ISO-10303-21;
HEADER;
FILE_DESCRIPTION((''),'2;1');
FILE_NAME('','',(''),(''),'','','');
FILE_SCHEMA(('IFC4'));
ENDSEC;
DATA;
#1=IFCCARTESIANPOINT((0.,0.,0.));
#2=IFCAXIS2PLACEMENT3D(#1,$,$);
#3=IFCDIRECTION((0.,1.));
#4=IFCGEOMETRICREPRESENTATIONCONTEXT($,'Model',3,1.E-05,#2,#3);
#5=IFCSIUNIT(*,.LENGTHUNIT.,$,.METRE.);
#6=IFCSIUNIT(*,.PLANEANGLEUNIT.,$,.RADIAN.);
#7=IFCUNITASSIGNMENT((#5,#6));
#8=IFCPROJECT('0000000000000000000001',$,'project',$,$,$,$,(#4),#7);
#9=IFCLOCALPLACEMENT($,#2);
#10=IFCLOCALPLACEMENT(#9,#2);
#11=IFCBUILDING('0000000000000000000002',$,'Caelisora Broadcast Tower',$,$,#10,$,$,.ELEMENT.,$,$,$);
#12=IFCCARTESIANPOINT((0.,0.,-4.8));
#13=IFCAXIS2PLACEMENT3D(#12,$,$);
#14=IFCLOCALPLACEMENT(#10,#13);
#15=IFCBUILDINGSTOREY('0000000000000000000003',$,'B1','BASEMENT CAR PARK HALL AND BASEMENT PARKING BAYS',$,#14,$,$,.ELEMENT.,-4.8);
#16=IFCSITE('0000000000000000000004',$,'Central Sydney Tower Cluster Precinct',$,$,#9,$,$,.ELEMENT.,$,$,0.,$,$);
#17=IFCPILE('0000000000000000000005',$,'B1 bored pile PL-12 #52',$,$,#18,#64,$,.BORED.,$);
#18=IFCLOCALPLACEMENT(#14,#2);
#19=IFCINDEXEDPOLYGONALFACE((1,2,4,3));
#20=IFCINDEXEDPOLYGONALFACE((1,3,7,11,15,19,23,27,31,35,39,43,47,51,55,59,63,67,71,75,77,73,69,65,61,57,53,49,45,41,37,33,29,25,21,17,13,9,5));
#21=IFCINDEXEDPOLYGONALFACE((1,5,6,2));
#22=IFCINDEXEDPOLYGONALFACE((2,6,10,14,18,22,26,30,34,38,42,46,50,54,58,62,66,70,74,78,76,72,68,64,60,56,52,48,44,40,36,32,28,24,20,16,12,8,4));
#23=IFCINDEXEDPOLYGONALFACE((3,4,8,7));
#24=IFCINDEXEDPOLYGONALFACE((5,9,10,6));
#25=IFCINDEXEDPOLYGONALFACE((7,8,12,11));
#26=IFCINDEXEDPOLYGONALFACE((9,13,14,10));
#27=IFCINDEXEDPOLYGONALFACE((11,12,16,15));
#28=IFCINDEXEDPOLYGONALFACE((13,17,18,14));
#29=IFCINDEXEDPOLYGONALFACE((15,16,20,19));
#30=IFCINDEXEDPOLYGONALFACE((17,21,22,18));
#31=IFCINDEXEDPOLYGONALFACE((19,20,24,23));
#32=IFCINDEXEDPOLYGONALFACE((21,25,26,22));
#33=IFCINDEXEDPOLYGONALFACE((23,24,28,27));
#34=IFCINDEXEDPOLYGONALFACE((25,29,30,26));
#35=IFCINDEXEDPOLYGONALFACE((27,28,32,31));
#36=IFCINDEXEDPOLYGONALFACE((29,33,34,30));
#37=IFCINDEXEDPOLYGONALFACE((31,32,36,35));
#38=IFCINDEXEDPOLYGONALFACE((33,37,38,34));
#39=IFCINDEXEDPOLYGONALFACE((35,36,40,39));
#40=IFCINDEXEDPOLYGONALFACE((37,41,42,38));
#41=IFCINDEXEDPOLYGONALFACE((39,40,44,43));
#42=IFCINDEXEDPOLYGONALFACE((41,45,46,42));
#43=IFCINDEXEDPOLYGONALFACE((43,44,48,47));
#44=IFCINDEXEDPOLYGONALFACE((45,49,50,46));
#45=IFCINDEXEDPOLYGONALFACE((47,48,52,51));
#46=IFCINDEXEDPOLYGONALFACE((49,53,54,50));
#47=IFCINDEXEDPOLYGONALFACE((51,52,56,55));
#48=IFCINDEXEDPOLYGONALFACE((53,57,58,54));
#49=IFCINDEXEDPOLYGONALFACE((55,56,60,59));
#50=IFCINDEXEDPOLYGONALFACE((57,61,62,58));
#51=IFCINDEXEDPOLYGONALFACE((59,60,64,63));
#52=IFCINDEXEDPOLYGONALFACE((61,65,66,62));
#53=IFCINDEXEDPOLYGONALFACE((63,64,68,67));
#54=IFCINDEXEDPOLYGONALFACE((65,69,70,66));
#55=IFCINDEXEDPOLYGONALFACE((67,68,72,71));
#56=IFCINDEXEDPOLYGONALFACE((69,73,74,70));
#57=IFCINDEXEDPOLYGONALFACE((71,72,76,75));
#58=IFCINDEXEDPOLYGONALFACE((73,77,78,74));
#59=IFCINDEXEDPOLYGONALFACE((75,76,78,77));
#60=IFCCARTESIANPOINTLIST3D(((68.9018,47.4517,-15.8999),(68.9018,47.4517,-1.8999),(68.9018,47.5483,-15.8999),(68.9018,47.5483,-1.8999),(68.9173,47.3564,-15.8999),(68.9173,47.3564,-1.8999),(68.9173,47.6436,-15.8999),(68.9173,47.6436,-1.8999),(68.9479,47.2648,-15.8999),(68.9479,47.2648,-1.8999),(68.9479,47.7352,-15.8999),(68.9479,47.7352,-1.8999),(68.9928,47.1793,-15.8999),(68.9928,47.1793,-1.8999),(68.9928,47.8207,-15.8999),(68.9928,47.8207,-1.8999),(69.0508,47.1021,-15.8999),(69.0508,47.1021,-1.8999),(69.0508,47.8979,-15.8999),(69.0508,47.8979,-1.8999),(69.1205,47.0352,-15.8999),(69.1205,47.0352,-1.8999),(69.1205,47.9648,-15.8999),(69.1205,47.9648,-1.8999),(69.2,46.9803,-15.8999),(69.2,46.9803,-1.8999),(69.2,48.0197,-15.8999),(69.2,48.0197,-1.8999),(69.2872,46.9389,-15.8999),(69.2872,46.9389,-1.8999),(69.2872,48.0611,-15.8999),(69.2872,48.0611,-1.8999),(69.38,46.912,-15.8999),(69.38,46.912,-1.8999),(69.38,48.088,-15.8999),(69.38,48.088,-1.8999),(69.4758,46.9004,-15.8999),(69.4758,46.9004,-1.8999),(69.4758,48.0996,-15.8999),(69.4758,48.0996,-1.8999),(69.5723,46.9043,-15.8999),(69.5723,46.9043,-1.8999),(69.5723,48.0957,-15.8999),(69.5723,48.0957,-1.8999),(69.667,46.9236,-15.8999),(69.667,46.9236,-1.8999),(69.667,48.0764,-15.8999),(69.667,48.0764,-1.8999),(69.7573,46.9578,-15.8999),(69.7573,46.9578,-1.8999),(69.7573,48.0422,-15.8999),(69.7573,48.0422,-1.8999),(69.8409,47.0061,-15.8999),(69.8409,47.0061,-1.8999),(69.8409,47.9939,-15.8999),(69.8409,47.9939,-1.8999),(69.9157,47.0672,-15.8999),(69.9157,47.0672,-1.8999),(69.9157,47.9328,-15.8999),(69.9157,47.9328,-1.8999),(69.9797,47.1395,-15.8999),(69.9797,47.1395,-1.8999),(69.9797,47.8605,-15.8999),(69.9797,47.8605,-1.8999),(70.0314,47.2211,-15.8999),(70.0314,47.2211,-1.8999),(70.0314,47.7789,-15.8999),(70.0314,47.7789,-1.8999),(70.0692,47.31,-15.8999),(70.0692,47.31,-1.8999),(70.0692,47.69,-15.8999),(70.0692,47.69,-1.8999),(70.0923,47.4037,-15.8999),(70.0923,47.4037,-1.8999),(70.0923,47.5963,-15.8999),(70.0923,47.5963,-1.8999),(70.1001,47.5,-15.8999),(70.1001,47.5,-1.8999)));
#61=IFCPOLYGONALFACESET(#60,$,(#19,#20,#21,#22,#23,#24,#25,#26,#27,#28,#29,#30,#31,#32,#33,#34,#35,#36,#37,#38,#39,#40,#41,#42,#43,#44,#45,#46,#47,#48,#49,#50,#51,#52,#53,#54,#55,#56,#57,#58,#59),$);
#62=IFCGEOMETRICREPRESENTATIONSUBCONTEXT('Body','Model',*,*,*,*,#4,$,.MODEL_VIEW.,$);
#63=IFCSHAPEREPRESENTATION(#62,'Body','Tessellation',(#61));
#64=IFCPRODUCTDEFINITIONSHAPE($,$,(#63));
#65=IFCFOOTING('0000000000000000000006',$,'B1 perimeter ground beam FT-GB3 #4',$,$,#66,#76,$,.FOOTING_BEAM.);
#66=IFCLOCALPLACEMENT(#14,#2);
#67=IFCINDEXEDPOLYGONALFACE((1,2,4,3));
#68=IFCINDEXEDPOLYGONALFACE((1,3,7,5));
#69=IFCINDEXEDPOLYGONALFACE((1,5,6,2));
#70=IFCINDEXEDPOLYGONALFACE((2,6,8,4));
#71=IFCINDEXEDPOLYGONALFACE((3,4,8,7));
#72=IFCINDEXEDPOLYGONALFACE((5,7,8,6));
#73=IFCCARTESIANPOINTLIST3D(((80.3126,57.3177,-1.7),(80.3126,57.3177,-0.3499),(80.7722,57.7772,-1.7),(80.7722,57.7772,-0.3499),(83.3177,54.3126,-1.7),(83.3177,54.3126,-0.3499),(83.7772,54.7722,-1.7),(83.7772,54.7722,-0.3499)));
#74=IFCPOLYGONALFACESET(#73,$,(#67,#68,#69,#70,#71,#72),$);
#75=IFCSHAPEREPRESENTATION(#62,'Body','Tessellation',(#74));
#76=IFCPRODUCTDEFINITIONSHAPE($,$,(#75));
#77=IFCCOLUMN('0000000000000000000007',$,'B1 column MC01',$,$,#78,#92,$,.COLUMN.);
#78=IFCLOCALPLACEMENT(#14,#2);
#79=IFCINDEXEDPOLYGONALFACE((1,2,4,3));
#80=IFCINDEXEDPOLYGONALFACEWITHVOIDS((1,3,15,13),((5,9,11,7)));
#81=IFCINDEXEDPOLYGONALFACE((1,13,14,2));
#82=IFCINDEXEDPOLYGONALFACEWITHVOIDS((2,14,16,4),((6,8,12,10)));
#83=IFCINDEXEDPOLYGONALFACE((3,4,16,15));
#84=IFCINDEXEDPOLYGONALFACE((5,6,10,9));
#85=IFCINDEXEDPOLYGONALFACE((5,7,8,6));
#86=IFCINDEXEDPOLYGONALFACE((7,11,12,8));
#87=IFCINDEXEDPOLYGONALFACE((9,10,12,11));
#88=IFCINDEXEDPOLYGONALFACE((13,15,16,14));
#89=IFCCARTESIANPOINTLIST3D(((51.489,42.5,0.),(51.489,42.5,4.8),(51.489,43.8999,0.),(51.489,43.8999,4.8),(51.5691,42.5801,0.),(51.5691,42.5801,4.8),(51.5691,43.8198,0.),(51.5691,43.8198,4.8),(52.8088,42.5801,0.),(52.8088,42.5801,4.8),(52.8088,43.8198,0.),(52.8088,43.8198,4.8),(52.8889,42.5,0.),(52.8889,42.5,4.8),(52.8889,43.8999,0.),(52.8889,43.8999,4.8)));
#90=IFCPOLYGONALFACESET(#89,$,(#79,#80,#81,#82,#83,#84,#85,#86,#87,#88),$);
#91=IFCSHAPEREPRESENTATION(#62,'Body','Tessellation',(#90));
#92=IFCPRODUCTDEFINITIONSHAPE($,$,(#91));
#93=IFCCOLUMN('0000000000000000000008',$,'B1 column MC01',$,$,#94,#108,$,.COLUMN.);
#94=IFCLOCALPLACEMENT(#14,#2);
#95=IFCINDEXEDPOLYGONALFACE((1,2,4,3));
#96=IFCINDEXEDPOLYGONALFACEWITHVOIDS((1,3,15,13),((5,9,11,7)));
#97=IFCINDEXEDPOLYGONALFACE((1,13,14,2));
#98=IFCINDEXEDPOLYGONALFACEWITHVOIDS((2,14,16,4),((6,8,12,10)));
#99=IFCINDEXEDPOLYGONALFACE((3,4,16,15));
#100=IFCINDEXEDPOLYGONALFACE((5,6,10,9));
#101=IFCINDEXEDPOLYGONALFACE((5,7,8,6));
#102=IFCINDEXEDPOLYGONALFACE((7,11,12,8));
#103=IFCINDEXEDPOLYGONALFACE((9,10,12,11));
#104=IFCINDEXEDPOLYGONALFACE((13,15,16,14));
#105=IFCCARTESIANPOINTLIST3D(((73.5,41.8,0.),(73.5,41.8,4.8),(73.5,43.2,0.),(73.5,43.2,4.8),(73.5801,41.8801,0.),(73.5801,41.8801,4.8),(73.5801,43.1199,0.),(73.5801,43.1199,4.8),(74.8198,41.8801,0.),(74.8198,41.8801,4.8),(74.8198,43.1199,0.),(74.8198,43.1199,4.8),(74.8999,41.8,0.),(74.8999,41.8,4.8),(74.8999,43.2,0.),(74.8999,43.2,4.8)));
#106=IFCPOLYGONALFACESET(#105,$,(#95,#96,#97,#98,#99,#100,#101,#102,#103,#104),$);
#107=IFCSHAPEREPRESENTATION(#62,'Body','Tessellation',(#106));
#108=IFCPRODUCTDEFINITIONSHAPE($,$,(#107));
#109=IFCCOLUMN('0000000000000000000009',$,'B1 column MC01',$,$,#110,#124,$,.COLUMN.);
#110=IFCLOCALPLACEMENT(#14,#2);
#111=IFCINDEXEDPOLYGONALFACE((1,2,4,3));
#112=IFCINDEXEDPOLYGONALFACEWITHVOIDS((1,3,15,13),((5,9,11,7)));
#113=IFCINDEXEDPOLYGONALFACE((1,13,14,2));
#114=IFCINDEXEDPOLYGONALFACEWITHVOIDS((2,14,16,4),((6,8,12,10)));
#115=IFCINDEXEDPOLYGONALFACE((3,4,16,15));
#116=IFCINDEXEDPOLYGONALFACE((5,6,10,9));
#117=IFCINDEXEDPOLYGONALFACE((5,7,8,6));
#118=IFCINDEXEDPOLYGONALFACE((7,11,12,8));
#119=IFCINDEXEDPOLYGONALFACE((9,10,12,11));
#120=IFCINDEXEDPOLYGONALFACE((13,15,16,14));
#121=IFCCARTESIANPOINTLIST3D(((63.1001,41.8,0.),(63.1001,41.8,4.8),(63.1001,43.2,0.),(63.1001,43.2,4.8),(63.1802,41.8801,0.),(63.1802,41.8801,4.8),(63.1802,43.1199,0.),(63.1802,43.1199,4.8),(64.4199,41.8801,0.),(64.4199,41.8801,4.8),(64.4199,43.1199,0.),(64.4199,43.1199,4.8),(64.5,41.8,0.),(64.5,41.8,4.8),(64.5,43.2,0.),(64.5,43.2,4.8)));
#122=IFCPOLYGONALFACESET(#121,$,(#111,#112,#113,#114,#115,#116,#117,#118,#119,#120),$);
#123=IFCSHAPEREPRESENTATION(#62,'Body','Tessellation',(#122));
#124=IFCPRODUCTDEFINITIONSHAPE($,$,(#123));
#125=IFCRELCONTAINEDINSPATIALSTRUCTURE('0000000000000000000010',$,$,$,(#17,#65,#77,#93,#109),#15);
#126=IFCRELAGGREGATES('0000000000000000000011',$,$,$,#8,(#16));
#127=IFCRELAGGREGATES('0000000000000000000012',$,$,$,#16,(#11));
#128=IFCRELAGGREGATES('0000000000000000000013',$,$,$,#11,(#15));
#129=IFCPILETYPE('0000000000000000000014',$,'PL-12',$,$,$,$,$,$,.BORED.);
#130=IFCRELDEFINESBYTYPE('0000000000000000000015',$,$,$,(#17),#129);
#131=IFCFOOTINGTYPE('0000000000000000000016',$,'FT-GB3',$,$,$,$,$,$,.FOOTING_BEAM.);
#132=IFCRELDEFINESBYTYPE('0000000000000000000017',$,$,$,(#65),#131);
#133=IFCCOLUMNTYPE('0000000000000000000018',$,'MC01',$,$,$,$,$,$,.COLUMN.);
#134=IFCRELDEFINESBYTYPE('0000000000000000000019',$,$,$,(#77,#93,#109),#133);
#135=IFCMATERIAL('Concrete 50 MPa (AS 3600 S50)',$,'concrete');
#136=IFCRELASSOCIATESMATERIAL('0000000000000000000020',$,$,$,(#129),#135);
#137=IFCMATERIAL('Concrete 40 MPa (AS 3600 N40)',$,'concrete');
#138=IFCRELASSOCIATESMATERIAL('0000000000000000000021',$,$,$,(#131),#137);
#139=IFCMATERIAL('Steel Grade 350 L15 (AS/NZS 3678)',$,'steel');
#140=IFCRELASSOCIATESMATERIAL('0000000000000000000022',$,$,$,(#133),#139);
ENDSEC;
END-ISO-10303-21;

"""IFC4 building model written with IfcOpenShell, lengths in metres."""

from ifc_helpers import new_model, si_unit, direction, frame, origin, origin_2d, place, context, subcontext, project, spatial, rectangle, hollow_rectangle, circle, extrude, source, transform, mapped, material, material_profile, profile_set, type_object, type_shapes, element, save


model = new_model("IFC4")

# Units and contexts
model_context = context("Model", 3, precision=1e-05, world=origin(), true_north=direction((0.0, 1.0)))
body_context = subcontext(model_context, "Body", "Model", "MODEL_VIEW")
ifc_project = project(units=[si_unit("LENGTHUNIT", "METRE"), si_unit("PLANEANGLEUNIT", "RADIAN")], contexts=[model_context])

# Site, building, storey
site_placement = place(None, origin())
site = spatial("IfcSite", under=ifc_project, at=site_placement, Name="Central Sydney Tower Cluster Precinct", CompositionType="ELEMENT", RefElevation=0.0)
building_placement = place(site_placement, origin())
building = spatial("IfcBuilding", under=site, at=building_placement, Name="Caelisora Broadcast Tower", CompositionType="ELEMENT")
storey_placement = place(building_placement, frame((0.0, 0.0, -4.8)))
storey = spatial("IfcBuildingStorey", under=building, at=storey_placement, Name="B1", Description="BASEMENT CAR PARK HALL AND BASEMENT PARKING BAYS", CompositionType="ELEMENT", Elevation=-4.8)

# Pile
ifc_material_1 = material(Name="Concrete 50 MPa (AS 3600 S50)", Category="concrete")
ifc_material_profile_1 = material_profile(ifc_material_1, circle(Radius=0.6001, at=origin_2d()), Name="Concrete 50 MPa (AS 3600 S50)")
ifc_profile_set_1 = profile_set([ifc_material_profile_1], Name="Concrete 50 MPa (AS 3600 S50)")
pile_type = type_object("IfcPileType", Name="PL-12", PredefinedType="BORED", material=ifc_profile_set_1)
for number, where, z_axis, x_axis, name in (
    (1, (69.5, 47.5, -1.8999), (0.0, 0.0, -1.0), (1.0, 0.0, 0.0), "B1 bored pile PL-12 #52"),
):
    element("IfcPile", number, at=place(storey_placement, frame(where, z_axis=z_axis, x_axis=x_axis)), inside=storey, type_object=pile_type, Name=name, PredefinedType="BORED", context=body_context, shape_type="SweptSolid", body=[
        extrude(circle(Radius=0.6001, at=origin_2d()), origin(), (0.0, 0.0, 1.0), 14.0),
    ])

# Footing
ifc_material_2 = material(Name="Concrete 40 MPa (AS 3600 N40)", Category="concrete")
footing_type = type_object("IfcFootingType", Name="FT-GB3", PredefinedType="FOOTING_BEAM", material=ifc_material_2)
shared_shape_1 = source(origin(), body_context, "Body", "SweptSolid", [
    extrude(rectangle(XDim=4.2498, YDim=0.6499, at=origin_2d()), origin(), (0.0, 0.0, 1.0), 1.3501),
])
type_shapes(footing_type, [shared_shape_1])
footing_placement = place(storey_placement, frame((82.0449, 56.0449, -1.7), z_axis=(0.0, 0.0, 1.0), x_axis=(-0.707107, 0.707107, 0.0)))
element("IfcFooting", 2, at=footing_placement, inside=storey, type_object=footing_type, Name="B1 perimeter ground beam FT-GB3 #4", PredefinedType="FOOTING_BEAM", context=body_context, shape_type="MappedRepresentation", body=[
    mapped(shared_shape_1, transform((0.0, 0.0, 0.0), scale=1.0)),
])

# Columns
ifc_material_3 = material(Name="Steel Grade 350 L15 (AS/NZS 3678)", Category="steel")
ifc_material_profile_2 = material_profile(ifc_material_3, hollow_rectangle(XDim=1.3999, YDim=1.3999, WallThickness=0.0801, at=origin_2d()), Name="Steel Grade 350 L15 (AS/NZS 3678)")
ifc_profile_set_2 = profile_set([ifc_material_profile_2], Name="Steel Grade 350 L15 (AS/NZS 3678)")
column_type_1 = type_object("IfcColumnType", Name="MC01", PredefinedType="COLUMN", material=ifc_profile_set_2)
shared_shape_2 = source(origin(), body_context, "Body", "SweptSolid", [
    extrude(hollow_rectangle(XDim=1.3999, YDim=1.3999, WallThickness=0.0801, at=origin_2d()), origin(), (0.0, 0.0, 1.0), 4.8),
])
type_shapes(column_type_1, [shared_shape_2])
for number, where, z_axis, x_axis, name in (
    (3, (52.189, 43.2, 0.0), (0.0, 0.0, 1.0), (1.0, 0.0, 0.0), "B1 column MC01"),
    (4, (74.2, 42.5, 0.0), (0.0, 0.0, 1.0), (1.0, 0.0, 0.0), "B1 column MC01"),
    (5, (63.8, 42.5, 0.0), (0.0, 0.0, 1.0), (1.0, 0.0, 0.0), "B1 column MC01"),
):
    element("IfcColumn", number, at=place(storey_placement, frame(where, z_axis=z_axis, x_axis=x_axis)), inside=storey, type_object=column_type_1, Name=name, PredefinedType="COLUMN", context=body_context, shape_type="MappedRepresentation", body=[
        mapped(shared_shape_2, transform((0.0, 0.0, 0.0), scale=1.0)),
    ])

save(model, "model.ifc")
